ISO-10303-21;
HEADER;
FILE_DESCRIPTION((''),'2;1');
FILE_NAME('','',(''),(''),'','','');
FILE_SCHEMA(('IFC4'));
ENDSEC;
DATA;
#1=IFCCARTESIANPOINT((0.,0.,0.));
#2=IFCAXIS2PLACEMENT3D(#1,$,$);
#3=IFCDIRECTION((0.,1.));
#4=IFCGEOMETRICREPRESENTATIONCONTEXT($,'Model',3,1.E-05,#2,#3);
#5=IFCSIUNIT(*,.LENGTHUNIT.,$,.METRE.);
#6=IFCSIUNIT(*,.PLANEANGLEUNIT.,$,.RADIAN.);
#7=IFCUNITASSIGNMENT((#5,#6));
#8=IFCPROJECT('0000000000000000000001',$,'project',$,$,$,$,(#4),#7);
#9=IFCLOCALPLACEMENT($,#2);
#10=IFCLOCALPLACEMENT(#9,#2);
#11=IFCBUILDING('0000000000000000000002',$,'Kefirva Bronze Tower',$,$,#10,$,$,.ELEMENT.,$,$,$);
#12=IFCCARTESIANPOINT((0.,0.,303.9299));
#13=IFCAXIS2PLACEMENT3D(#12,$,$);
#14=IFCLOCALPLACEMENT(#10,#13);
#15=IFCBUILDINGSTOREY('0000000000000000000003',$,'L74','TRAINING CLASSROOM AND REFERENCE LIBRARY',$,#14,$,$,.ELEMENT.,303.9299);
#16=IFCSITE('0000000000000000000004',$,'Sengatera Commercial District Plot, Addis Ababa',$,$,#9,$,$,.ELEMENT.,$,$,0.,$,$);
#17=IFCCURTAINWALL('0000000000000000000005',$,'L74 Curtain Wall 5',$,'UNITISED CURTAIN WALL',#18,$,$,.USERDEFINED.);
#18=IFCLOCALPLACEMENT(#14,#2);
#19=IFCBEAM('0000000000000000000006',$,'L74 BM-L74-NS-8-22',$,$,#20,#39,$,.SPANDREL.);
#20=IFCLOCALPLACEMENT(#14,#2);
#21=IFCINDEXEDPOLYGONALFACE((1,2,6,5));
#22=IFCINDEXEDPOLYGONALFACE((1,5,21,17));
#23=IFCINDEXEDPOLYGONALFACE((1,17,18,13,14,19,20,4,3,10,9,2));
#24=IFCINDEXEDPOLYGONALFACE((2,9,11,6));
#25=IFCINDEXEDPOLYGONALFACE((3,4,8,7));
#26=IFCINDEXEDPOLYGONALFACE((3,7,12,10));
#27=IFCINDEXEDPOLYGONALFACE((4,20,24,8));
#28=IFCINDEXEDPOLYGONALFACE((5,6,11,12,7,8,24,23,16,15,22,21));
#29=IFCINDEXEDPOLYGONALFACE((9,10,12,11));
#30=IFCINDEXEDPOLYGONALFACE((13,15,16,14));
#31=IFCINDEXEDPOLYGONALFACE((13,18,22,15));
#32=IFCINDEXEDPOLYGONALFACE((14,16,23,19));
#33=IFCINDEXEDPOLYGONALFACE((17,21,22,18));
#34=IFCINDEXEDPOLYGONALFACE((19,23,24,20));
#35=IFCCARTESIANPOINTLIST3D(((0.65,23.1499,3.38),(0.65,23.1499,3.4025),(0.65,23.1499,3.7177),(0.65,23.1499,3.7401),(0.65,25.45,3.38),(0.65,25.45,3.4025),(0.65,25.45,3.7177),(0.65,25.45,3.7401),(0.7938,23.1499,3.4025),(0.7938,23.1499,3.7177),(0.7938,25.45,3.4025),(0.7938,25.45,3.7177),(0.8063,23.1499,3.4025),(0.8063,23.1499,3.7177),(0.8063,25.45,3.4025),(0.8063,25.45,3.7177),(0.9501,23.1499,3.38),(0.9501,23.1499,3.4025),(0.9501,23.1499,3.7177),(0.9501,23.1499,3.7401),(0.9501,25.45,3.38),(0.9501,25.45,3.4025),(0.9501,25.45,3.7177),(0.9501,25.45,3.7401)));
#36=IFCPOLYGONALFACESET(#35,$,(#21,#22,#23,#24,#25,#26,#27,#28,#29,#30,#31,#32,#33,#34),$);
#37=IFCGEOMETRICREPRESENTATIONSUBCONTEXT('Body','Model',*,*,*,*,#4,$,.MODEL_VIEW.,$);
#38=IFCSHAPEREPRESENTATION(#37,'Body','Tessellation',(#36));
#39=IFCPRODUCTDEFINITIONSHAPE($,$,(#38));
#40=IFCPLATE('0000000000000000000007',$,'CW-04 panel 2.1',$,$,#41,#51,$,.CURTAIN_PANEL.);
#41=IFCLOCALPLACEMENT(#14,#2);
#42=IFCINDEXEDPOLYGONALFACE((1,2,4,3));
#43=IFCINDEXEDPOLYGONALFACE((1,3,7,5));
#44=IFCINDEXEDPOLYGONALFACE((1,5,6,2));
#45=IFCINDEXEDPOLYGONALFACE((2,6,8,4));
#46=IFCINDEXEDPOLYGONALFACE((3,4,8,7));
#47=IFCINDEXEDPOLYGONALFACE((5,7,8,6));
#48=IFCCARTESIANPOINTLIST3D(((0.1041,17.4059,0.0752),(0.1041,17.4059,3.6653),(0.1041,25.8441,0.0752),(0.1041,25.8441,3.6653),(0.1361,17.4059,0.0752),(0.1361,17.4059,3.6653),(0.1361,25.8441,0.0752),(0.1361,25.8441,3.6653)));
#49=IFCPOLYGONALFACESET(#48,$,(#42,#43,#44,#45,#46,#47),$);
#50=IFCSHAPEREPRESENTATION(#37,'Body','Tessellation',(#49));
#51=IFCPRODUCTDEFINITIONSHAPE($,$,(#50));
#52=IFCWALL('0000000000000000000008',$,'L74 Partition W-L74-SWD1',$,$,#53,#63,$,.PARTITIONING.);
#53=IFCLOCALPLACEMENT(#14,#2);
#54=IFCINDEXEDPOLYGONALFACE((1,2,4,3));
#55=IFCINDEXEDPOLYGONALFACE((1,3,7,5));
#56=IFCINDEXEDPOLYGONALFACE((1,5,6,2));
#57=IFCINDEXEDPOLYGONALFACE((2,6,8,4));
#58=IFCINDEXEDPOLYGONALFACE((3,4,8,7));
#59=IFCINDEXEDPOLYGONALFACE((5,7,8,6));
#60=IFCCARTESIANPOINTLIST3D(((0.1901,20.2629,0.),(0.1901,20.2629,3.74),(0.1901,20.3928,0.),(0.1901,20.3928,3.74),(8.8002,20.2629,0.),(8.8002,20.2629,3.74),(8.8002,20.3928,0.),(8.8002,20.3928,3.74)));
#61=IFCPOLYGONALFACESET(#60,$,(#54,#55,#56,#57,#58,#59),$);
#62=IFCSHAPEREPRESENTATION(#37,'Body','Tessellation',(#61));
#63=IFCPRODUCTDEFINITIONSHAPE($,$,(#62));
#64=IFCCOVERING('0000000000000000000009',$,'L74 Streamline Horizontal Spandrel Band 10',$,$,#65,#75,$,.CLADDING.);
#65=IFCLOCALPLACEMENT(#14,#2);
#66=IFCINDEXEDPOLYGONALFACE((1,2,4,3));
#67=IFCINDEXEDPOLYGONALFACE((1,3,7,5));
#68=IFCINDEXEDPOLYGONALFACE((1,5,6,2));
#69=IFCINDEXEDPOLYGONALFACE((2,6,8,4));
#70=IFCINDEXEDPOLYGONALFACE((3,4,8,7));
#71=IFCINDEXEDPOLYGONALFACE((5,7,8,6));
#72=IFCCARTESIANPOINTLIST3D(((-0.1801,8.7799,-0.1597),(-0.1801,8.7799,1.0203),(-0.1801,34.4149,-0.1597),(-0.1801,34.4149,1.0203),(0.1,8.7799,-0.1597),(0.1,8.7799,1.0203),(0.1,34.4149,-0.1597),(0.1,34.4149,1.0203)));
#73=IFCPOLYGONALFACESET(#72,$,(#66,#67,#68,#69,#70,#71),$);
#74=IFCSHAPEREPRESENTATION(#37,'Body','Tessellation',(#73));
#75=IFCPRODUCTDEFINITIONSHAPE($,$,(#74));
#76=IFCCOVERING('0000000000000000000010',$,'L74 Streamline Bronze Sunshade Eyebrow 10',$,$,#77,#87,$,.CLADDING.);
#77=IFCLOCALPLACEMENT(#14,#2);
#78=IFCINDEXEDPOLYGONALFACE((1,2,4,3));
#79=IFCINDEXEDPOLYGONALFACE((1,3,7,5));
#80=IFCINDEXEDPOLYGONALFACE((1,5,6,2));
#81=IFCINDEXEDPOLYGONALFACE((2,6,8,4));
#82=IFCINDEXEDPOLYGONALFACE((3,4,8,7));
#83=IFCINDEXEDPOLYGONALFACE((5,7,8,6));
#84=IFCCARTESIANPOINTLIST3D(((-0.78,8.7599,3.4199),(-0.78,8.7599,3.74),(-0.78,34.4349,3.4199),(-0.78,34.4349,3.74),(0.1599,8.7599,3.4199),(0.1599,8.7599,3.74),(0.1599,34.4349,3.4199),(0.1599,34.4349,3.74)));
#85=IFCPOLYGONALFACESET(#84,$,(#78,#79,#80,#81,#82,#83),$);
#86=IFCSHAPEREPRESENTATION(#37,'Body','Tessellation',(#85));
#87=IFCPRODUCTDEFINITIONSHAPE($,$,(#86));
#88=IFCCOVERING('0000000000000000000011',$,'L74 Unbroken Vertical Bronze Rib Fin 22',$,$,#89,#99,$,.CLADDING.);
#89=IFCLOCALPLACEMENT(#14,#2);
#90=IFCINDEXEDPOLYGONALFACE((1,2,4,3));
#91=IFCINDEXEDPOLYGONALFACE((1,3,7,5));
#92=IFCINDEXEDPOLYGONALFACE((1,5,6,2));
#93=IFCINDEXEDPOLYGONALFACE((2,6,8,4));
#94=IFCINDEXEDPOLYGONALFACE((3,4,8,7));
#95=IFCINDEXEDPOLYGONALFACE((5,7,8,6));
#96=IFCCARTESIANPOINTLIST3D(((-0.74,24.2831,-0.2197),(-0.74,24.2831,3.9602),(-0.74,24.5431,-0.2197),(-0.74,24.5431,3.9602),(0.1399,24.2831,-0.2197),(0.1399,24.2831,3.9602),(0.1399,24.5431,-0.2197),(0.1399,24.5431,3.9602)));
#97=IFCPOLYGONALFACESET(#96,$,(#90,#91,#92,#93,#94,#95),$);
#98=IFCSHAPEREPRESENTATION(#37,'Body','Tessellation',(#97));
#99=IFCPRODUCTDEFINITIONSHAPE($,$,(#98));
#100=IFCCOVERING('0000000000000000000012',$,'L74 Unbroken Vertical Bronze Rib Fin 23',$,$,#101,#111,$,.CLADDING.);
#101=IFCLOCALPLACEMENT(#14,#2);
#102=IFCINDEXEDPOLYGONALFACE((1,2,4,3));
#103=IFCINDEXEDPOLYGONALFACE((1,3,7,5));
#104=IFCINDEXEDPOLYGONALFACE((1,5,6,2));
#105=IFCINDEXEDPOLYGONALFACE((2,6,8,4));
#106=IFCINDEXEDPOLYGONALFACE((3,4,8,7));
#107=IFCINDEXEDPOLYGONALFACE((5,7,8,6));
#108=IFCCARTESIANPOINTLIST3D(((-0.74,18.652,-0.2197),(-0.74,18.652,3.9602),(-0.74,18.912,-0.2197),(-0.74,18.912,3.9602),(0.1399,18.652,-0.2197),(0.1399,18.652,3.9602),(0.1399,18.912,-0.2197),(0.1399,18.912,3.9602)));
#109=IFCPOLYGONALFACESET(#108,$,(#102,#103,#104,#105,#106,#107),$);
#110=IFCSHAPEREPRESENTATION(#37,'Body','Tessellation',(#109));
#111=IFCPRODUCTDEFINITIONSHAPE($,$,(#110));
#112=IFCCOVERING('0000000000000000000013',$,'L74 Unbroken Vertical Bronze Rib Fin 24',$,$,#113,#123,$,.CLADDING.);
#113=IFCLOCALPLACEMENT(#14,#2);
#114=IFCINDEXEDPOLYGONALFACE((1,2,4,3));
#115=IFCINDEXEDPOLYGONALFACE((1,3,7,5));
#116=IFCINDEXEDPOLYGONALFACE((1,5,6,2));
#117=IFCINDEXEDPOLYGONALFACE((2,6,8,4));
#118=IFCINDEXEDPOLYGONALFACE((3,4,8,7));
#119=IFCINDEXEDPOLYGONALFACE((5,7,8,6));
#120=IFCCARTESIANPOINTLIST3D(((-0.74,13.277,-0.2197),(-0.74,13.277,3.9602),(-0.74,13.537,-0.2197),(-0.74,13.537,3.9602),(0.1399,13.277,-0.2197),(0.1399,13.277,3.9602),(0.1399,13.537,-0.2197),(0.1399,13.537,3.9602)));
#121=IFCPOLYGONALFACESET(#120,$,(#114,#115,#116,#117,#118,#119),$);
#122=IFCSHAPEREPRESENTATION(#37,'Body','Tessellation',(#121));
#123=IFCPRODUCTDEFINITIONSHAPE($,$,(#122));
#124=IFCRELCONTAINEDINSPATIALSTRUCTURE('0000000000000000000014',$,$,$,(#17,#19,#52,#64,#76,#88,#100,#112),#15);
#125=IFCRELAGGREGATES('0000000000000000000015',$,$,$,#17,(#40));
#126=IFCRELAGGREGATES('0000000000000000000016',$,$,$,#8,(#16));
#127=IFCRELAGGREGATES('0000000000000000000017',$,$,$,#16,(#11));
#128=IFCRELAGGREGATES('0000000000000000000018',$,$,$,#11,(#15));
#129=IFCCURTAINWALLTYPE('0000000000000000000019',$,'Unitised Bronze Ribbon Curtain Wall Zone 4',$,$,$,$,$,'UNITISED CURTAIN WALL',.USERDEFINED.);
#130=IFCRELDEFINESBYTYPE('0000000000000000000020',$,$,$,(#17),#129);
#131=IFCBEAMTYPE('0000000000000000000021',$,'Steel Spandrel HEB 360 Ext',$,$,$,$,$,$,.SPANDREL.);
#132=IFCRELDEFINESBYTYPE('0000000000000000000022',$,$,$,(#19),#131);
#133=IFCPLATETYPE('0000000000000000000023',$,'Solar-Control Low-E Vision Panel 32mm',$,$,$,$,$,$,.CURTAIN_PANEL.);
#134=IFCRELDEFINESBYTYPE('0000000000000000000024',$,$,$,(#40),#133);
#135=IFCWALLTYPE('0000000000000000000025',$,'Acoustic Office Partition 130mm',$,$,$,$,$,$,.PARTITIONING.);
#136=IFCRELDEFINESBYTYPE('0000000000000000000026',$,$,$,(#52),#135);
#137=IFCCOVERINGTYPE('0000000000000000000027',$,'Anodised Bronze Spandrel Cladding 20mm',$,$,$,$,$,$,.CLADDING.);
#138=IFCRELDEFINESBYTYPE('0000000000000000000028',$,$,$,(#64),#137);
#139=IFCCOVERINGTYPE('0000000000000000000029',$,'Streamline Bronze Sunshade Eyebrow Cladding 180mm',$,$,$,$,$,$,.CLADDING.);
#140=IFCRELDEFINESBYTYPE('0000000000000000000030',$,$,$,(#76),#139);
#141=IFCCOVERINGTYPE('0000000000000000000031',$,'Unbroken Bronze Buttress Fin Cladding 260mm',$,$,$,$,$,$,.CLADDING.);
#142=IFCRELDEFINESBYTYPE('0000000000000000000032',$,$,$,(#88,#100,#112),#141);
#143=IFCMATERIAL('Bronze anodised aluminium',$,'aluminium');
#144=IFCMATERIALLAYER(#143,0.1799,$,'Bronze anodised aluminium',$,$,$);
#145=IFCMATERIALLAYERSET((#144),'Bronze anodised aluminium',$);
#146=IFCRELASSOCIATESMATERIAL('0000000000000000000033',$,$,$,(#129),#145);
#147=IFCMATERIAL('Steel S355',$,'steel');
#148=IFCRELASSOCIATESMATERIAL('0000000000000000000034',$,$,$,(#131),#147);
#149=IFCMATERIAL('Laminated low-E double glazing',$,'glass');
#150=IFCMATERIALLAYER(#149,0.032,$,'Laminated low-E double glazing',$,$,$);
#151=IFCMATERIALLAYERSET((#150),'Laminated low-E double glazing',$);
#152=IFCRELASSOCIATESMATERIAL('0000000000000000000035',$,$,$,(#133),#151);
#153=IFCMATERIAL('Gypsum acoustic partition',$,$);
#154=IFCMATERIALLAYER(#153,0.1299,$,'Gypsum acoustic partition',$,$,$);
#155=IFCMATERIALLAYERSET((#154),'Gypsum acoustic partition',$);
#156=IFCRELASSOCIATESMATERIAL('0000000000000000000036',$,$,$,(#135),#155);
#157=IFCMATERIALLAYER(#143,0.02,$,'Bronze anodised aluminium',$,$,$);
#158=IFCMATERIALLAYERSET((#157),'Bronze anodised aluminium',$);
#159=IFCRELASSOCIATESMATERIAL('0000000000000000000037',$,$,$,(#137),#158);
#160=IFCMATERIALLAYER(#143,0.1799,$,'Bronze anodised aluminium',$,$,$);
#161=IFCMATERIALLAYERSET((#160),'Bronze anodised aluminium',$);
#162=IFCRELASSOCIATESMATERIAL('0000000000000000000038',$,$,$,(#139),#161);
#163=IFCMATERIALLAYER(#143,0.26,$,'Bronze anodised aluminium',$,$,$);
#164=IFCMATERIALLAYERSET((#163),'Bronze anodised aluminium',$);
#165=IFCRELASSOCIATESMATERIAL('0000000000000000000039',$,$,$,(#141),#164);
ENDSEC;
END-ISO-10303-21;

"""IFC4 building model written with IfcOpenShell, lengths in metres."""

from ifc_helpers import new_model, si_unit, direction, frame, frame_2d, origin, origin_2d, place, context, subcontext, project, spatial, rectangle, i_section, extrude, material, layer, layer_set, material_profile, profile_set, type_object, element, aggregate, save


model = new_model("IFC4")

# Units and contexts
model_context = context("Model", 3, precision=1e-05, world=origin(), true_north=direction((0.0, 1.0)))
body_context = subcontext(model_context, "Body", "Model", "MODEL_VIEW")
ifc_project = project(units=[si_unit("LENGTHUNIT", "METRE"), si_unit("PLANEANGLEUNIT", "RADIAN")], contexts=[model_context])

# Site, building, storey
site_placement = place(None, origin())
site = spatial("IfcSite", under=ifc_project, at=site_placement, Name="Sengatera Commercial District Plot, Addis Ababa", CompositionType="ELEMENT", RefElevation=0.0)
building_placement = place(site_placement, origin())
building = spatial("IfcBuilding", under=site, at=building_placement, Name="Kefirva Bronze Tower", CompositionType="ELEMENT")
storey_placement = place(building_placement, frame((0.0, 0.0, 303.9299)))
storey = spatial("IfcBuildingStorey", under=building, at=storey_placement, Name="L74", Description="TRAINING CLASSROOM AND REFERENCE LIBRARY", CompositionType="ELEMENT", Elevation=303.9299)

# Curtain wall
ifc_material_1 = material(Name="Bronze anodised aluminium", Category="aluminium")
ifc_layer_1 = layer(ifc_material_1, 0.1799, Name="Bronze anodised aluminium")
ifc_layer_set_1 = layer_set([ifc_layer_1], Name="Bronze anodised aluminium")
curtain_wall_type = type_object("IfcCurtainWallType", Name="Unitised Bronze Ribbon Curtain Wall Zone 4", ElementType="UNITISED CURTAIN WALL", PredefinedType="USERDEFINED", material=ifc_layer_set_1)
curtain_wall_placement = place(storey_placement, origin())
curtain_wall = element("IfcCurtainWall", 1, at=curtain_wall_placement, inside=storey, type_object=curtain_wall_type, Name="L74 Curtain Wall 5", ObjectType="UNITISED CURTAIN WALL", PredefinedType="USERDEFINED")

# Beam
ifc_material_2 = material(Name="Steel S355", Category="steel")
ifc_material_profile_1 = material_profile(ifc_material_2, i_section(OverallWidth=0.3, OverallDepth=0.3601, WebThickness=0.0125, FlangeThickness=0.0225, at=origin_2d()), Name="HEB 360")
ifc_profile_set_1 = profile_set([ifc_material_profile_1], Name="Steel S355")
beam_type_1 = type_object("IfcBeamType", Name="Steel Spandrel HEB 360 Ext", PredefinedType="SPANDREL", material=ifc_profile_set_1)
beam_1_placement = place(storey_placement, frame((0.8, 23.1499, 3.5601), z_axis=(0.0, 1.0, 0.0), x_axis=(-1.0, 0.0, 0.0)))
element("IfcBeam", 2, at=beam_1_placement, inside=storey, type_object=beam_type_1, Name="L74 BM-L74-NS-8-22", PredefinedType="SPANDREL", context=body_context, shape_type="SweptSolid", body=[
    extrude(i_section(OverallWidth=0.3, OverallDepth=0.3601, WebThickness=0.0125, FlangeThickness=0.0225, at=origin_2d()), origin(), (0.0, 0.0, 1.0), 2.3),
])

# Plate
ifc_material_3 = material(Name="Laminated low-E double glazing", Category="glass")
ifc_layer_2 = layer(ifc_material_3, 0.032, Name="Laminated low-E double glazing")
ifc_layer_set_2 = layer_set([ifc_layer_2], Name="Laminated low-E double glazing")
plate_type = type_object("IfcPlateType", Name="Solar-Control Low-E Vision Panel 32mm", PredefinedType="CURTAIN_PANEL", material=ifc_layer_set_2)
plate_placement = place(storey_placement, frame((0.1201, 21.625, 0.0752), z_axis=(0.0, 0.0, 1.0), x_axis=(0.0, -1.0, 0.0)))
plate = element("IfcPlate", 3, at=plate_placement, type_object=plate_type, Name="CW-04 panel 2.1", PredefinedType="CURTAIN_PANEL", context=body_context, shape_type="SweptSolid", body=[
    extrude(rectangle(XDim=8.4382, YDim=0.032, at=origin_2d()), origin(), (0.0, 0.0, 1.0), 3.5901),
])
aggregate(curtain_wall, [plate])

# Wall
ifc_material_4 = material(Name="Gypsum acoustic partition")
ifc_layer_3 = layer(ifc_material_4, 0.1299, Name="Gypsum acoustic partition")
ifc_layer_set_3 = layer_set([ifc_layer_3], Name="Gypsum acoustic partition")
wall_type = type_object("IfcWallType", Name="Acoustic Office Partition 130mm", PredefinedType="PARTITIONING", material=ifc_layer_set_3)
wall_placement = place(storey_placement, frame((0.1899, 20.3279, 0.0), z_axis=(0.0, 0.0, 1.0), x_axis=(1.0, 0.0, 0.0)))
element("IfcWall", 4, at=wall_placement, inside=storey, type_object=wall_type, Name="L74 Partition W-L74-SWD1", PredefinedType="PARTITIONING", context=body_context, shape_type="SweptSolid", body=[
    extrude(rectangle(XDim=8.6101, YDim=0.1299, at=frame_2d((4.3052, 0.0))), origin(), (0.0, 0.0, 1.0), 3.74),
])

# Coverings
ifc_layer_4 = layer(ifc_material_1, 0.02, Name="Bronze anodised aluminium")
ifc_layer_set_4 = layer_set([ifc_layer_4], Name="Bronze anodised aluminium")
covering_type_1 = type_object("IfcCoveringType", Name="Anodised Bronze Spandrel Cladding 20mm", PredefinedType="CLADDING", material=ifc_layer_set_4)
covering_1_placement = place(storey_placement, frame((-0.04, 21.5974, -0.1597), z_axis=(0.0, 0.0, 1.0), x_axis=(0.0, -1.0, 0.0)))
element("IfcCovering", 5, at=covering_1_placement, inside=storey, type_object=covering_type_1, Name="L74 Streamline Horizontal Spandrel Band 10", PredefinedType="CLADDING", context=body_context, shape_type="SweptSolid", body=[
    extrude(rectangle(XDim=25.635, YDim=0.28, at=origin_2d()), origin(), (0.0, 0.0, 1.0), 1.1799),
])
ifc_layer_5 = layer(ifc_material_1, 0.1799, Name="Bronze anodised aluminium")
ifc_layer_set_5 = layer_set([ifc_layer_5], Name="Bronze anodised aluminium")
covering_type_2 = type_object("IfcCoveringType", Name="Streamline Bronze Sunshade Eyebrow Cladding 180mm", PredefinedType="CLADDING", material=ifc_layer_set_5)
covering_2_placement = place(storey_placement, frame((-0.3101, 21.5974, 3.4199), z_axis=(0.0, 0.0, 1.0), x_axis=(0.0, -1.0, 0.0)))
element("IfcCovering", 6, at=covering_2_placement, inside=storey, type_object=covering_type_2, Name="L74 Streamline Bronze Sunshade Eyebrow 10", PredefinedType="CLADDING", context=body_context, shape_type="SweptSolid", body=[
    extrude(rectangle(XDim=25.675, YDim=0.9399, at=origin_2d()), origin(), (0.0, 0.0, 1.0), 0.3201),
])
ifc_layer_6 = layer(ifc_material_1, 0.26, Name="Bronze anodised aluminium")
ifc_layer_set_6 = layer_set([ifc_layer_6], Name="Bronze anodised aluminium")
covering_type_3 = type_object("IfcCoveringType", Name="Unbroken Bronze Buttress Fin Cladding 260mm", PredefinedType="CLADDING", material=ifc_layer_set_6)
for number, where, z_axis, x_axis, name in (
    (7, (-0.3, 24.4131, -0.2197), (0.0, 0.0, 1.0), (0.0, -1.0, 0.0), "L74 Unbroken Vertical Bronze Rib Fin 22"),
    (8, (-0.3, 18.782, -0.2197), (0.0, 0.0, 1.0), (0.0, -1.0, 0.0), "L74 Unbroken Vertical Bronze Rib Fin 23"),
    (9, (-0.3, 13.407, -0.2197), (0.0, 0.0, 1.0), (0.0, -1.0, 0.0), "L74 Unbroken Vertical Bronze Rib Fin 24"),
):
    element("IfcCovering", number, at=place(storey_placement, frame(where, z_axis=z_axis, x_axis=x_axis)), inside=storey, type_object=covering_type_3, Name=name, PredefinedType="CLADDING", context=body_context, shape_type="SweptSolid", body=[
        extrude(rectangle(XDim=0.26, YDim=0.8799, at=origin_2d()), origin(), (0.0, 0.0, 1.0), 4.1799),
    ])

save(model, "model.ifc")
